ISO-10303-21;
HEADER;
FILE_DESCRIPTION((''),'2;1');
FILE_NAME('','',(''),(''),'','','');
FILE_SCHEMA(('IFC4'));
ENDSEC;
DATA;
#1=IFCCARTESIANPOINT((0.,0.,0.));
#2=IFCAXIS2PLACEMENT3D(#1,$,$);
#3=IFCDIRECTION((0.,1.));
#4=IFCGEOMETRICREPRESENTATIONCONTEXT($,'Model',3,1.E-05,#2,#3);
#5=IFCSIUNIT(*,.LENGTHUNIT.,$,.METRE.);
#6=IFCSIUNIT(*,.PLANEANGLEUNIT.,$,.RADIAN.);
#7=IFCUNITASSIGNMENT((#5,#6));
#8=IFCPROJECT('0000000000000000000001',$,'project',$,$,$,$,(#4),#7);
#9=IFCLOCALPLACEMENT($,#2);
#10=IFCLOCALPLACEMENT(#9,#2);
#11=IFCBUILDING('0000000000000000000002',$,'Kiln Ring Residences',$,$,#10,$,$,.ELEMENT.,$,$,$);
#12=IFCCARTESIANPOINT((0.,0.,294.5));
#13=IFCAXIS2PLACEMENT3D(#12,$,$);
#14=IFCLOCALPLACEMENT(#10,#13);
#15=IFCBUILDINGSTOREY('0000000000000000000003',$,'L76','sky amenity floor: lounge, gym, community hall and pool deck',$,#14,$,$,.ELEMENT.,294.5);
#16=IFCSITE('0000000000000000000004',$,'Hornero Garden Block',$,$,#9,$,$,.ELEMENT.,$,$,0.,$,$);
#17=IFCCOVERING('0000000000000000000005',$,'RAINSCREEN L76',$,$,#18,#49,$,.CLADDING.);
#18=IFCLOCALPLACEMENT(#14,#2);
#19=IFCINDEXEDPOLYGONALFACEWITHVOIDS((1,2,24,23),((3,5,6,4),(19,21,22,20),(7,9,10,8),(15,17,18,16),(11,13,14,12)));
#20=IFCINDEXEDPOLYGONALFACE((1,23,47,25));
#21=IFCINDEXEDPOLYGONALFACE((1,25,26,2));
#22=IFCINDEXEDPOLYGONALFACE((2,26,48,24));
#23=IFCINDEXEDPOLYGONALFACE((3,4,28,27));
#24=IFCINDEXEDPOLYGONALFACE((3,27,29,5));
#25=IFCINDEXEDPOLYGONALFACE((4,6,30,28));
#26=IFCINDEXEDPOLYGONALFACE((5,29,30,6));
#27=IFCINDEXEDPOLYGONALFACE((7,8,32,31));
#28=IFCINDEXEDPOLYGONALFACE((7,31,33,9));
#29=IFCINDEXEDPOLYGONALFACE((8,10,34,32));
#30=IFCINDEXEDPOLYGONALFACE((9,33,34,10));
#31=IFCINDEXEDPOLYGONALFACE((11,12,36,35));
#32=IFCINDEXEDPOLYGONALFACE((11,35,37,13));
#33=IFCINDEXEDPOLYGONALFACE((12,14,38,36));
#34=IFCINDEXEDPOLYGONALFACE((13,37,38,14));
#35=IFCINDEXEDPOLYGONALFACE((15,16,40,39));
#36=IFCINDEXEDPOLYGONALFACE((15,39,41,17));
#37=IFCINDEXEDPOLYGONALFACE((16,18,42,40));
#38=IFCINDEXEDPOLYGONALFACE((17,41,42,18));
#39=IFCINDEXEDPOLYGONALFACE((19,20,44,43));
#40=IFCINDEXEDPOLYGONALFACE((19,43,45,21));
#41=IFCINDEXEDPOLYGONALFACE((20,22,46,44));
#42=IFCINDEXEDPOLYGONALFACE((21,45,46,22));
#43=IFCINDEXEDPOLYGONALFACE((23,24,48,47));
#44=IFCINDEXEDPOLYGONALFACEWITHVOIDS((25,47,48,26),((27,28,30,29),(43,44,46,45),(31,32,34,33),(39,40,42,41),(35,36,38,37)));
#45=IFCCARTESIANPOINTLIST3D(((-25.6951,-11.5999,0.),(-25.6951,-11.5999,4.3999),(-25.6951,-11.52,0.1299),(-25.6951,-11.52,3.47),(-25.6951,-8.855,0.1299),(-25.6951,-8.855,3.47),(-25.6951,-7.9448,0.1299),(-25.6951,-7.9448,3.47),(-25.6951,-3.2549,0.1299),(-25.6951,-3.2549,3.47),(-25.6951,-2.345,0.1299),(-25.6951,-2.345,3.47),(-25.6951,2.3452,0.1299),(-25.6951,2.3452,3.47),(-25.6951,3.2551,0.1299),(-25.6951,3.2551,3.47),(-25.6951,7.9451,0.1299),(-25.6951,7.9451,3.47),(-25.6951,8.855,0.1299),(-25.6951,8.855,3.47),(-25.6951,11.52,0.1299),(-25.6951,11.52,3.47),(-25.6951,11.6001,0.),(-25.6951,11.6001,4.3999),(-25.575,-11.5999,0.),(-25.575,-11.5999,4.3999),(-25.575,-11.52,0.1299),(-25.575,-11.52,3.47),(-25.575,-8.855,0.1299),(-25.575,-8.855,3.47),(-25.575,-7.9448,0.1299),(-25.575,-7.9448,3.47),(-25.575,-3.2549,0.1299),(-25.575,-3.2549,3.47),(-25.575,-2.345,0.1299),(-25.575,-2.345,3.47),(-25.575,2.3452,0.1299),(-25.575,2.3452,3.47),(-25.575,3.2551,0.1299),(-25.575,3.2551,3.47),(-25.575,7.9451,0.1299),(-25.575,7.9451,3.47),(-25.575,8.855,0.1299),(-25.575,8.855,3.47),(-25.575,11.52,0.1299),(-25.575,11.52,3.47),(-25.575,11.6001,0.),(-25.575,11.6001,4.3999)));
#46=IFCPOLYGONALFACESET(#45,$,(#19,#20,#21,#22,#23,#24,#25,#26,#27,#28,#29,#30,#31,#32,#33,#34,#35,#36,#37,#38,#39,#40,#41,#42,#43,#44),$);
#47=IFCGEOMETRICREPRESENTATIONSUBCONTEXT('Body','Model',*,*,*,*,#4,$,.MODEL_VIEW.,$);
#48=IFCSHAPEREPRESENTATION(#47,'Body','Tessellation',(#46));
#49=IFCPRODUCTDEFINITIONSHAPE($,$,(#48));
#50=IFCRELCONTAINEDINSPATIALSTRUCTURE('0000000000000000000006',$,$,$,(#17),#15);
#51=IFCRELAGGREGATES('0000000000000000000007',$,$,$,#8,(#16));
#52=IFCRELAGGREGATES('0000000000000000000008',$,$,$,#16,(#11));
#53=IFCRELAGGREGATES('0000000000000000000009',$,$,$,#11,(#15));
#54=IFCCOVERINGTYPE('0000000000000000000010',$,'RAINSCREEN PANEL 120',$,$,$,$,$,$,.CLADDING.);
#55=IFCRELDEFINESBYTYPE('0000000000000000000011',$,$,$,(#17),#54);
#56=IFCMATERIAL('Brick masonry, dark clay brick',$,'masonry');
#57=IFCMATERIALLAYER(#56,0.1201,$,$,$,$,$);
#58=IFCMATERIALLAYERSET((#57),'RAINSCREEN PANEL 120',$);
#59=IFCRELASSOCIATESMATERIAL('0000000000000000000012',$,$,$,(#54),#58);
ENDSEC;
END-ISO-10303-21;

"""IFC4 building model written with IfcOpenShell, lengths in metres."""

from ifc_helpers import new_model, si_unit, direction, frame, origin, place, context, subcontext, project, spatial, polyline, outline, extrude, material, layer, layer_set, type_object, element, save


model = new_model("IFC4")

# Units and contexts
model_context = context("Model", 3, precision=1e-05, world=origin(), true_north=direction((0.0, 1.0)))
body_context = subcontext(model_context, "Body", "Model", "MODEL_VIEW")
ifc_project = project(units=[si_unit("LENGTHUNIT", "METRE"), si_unit("PLANEANGLEUNIT", "RADIAN")], contexts=[model_context])

# Site, building, storey
site_placement = place(None, origin())
site = spatial("IfcSite", under=ifc_project, at=site_placement, Name="Hornero Garden Block", CompositionType="ELEMENT", RefElevation=0.0)
building_placement = place(site_placement, origin())
building = spatial("IfcBuilding", under=site, at=building_placement, Name="Kiln Ring Residences", CompositionType="ELEMENT")
storey_placement = place(building_placement, frame((0.0, 0.0, 294.5)))
storey = spatial("IfcBuildingStorey", under=building, at=storey_placement, Name="L76", Description="sky amenity floor: lounge, gym, community hall and pool deck", CompositionType="ELEMENT", Elevation=294.5)

# Covering
ifc_material_1 = material(Name="Brick masonry, dark clay brick", Category="masonry")
ifc_layer_1 = layer(ifc_material_1, 0.1201)
ifc_layer_set_1 = layer_set([ifc_layer_1], Name="RAINSCREEN PANEL 120")
covering_type = type_object("IfcCoveringType", Name="RAINSCREEN PANEL 120", PredefinedType="CLADDING", material=ifc_layer_set_1)
covering_placement = place(storey_placement, frame((-25.635, 11.6001, 0.0), z_axis=(0.0, 0.0, 1.0), x_axis=(0.0, -1.0, 0.0)))
element("IfcCovering", 1, at=covering_placement, inside=storey, type_object=covering_type, Name="RAINSCREEN L76", PredefinedType="CLADDING", context=body_context, shape_type="SweptSolid", body=[
    extrude(outline(polyline([(0.0, 0.0), (23.2, 0.0), (23.2, 4.3999), (0.0, 4.3999), (0.0, 0.0)]), holes=[polyline([(2.7451, 0.1299), (2.7451, 3.47), (0.0801, 3.47), (0.0801, 0.1299), (2.7451, 0.1299)]), polyline([(8.345, 0.1299), (8.345, 3.47), (3.655, 3.47), (3.655, 0.1299), (8.345, 0.1299)]), polyline([(13.9451, 0.1299), (13.9451, 3.47), (9.2549, 3.47), (9.2549, 0.1299), (13.9451, 0.1299)]), polyline([(14.855, 0.1299), (19.5449, 0.1299), (19.5449, 3.47), (14.855, 3.47), (14.855, 0.1299)]), polyline([(20.4551, 0.1299), (23.1201, 0.1299), (23.1201, 3.47), (20.4551, 3.47), (20.4551, 0.1299)])]), frame((0.0, 0.0601, 0.0), z_axis=(0.0, -1.0, 0.0), x_axis=(1.0, 0.0, 0.0)), (0.0, 0.0, 1.0), 0.1201),
])

save(model, "model.ifc")
